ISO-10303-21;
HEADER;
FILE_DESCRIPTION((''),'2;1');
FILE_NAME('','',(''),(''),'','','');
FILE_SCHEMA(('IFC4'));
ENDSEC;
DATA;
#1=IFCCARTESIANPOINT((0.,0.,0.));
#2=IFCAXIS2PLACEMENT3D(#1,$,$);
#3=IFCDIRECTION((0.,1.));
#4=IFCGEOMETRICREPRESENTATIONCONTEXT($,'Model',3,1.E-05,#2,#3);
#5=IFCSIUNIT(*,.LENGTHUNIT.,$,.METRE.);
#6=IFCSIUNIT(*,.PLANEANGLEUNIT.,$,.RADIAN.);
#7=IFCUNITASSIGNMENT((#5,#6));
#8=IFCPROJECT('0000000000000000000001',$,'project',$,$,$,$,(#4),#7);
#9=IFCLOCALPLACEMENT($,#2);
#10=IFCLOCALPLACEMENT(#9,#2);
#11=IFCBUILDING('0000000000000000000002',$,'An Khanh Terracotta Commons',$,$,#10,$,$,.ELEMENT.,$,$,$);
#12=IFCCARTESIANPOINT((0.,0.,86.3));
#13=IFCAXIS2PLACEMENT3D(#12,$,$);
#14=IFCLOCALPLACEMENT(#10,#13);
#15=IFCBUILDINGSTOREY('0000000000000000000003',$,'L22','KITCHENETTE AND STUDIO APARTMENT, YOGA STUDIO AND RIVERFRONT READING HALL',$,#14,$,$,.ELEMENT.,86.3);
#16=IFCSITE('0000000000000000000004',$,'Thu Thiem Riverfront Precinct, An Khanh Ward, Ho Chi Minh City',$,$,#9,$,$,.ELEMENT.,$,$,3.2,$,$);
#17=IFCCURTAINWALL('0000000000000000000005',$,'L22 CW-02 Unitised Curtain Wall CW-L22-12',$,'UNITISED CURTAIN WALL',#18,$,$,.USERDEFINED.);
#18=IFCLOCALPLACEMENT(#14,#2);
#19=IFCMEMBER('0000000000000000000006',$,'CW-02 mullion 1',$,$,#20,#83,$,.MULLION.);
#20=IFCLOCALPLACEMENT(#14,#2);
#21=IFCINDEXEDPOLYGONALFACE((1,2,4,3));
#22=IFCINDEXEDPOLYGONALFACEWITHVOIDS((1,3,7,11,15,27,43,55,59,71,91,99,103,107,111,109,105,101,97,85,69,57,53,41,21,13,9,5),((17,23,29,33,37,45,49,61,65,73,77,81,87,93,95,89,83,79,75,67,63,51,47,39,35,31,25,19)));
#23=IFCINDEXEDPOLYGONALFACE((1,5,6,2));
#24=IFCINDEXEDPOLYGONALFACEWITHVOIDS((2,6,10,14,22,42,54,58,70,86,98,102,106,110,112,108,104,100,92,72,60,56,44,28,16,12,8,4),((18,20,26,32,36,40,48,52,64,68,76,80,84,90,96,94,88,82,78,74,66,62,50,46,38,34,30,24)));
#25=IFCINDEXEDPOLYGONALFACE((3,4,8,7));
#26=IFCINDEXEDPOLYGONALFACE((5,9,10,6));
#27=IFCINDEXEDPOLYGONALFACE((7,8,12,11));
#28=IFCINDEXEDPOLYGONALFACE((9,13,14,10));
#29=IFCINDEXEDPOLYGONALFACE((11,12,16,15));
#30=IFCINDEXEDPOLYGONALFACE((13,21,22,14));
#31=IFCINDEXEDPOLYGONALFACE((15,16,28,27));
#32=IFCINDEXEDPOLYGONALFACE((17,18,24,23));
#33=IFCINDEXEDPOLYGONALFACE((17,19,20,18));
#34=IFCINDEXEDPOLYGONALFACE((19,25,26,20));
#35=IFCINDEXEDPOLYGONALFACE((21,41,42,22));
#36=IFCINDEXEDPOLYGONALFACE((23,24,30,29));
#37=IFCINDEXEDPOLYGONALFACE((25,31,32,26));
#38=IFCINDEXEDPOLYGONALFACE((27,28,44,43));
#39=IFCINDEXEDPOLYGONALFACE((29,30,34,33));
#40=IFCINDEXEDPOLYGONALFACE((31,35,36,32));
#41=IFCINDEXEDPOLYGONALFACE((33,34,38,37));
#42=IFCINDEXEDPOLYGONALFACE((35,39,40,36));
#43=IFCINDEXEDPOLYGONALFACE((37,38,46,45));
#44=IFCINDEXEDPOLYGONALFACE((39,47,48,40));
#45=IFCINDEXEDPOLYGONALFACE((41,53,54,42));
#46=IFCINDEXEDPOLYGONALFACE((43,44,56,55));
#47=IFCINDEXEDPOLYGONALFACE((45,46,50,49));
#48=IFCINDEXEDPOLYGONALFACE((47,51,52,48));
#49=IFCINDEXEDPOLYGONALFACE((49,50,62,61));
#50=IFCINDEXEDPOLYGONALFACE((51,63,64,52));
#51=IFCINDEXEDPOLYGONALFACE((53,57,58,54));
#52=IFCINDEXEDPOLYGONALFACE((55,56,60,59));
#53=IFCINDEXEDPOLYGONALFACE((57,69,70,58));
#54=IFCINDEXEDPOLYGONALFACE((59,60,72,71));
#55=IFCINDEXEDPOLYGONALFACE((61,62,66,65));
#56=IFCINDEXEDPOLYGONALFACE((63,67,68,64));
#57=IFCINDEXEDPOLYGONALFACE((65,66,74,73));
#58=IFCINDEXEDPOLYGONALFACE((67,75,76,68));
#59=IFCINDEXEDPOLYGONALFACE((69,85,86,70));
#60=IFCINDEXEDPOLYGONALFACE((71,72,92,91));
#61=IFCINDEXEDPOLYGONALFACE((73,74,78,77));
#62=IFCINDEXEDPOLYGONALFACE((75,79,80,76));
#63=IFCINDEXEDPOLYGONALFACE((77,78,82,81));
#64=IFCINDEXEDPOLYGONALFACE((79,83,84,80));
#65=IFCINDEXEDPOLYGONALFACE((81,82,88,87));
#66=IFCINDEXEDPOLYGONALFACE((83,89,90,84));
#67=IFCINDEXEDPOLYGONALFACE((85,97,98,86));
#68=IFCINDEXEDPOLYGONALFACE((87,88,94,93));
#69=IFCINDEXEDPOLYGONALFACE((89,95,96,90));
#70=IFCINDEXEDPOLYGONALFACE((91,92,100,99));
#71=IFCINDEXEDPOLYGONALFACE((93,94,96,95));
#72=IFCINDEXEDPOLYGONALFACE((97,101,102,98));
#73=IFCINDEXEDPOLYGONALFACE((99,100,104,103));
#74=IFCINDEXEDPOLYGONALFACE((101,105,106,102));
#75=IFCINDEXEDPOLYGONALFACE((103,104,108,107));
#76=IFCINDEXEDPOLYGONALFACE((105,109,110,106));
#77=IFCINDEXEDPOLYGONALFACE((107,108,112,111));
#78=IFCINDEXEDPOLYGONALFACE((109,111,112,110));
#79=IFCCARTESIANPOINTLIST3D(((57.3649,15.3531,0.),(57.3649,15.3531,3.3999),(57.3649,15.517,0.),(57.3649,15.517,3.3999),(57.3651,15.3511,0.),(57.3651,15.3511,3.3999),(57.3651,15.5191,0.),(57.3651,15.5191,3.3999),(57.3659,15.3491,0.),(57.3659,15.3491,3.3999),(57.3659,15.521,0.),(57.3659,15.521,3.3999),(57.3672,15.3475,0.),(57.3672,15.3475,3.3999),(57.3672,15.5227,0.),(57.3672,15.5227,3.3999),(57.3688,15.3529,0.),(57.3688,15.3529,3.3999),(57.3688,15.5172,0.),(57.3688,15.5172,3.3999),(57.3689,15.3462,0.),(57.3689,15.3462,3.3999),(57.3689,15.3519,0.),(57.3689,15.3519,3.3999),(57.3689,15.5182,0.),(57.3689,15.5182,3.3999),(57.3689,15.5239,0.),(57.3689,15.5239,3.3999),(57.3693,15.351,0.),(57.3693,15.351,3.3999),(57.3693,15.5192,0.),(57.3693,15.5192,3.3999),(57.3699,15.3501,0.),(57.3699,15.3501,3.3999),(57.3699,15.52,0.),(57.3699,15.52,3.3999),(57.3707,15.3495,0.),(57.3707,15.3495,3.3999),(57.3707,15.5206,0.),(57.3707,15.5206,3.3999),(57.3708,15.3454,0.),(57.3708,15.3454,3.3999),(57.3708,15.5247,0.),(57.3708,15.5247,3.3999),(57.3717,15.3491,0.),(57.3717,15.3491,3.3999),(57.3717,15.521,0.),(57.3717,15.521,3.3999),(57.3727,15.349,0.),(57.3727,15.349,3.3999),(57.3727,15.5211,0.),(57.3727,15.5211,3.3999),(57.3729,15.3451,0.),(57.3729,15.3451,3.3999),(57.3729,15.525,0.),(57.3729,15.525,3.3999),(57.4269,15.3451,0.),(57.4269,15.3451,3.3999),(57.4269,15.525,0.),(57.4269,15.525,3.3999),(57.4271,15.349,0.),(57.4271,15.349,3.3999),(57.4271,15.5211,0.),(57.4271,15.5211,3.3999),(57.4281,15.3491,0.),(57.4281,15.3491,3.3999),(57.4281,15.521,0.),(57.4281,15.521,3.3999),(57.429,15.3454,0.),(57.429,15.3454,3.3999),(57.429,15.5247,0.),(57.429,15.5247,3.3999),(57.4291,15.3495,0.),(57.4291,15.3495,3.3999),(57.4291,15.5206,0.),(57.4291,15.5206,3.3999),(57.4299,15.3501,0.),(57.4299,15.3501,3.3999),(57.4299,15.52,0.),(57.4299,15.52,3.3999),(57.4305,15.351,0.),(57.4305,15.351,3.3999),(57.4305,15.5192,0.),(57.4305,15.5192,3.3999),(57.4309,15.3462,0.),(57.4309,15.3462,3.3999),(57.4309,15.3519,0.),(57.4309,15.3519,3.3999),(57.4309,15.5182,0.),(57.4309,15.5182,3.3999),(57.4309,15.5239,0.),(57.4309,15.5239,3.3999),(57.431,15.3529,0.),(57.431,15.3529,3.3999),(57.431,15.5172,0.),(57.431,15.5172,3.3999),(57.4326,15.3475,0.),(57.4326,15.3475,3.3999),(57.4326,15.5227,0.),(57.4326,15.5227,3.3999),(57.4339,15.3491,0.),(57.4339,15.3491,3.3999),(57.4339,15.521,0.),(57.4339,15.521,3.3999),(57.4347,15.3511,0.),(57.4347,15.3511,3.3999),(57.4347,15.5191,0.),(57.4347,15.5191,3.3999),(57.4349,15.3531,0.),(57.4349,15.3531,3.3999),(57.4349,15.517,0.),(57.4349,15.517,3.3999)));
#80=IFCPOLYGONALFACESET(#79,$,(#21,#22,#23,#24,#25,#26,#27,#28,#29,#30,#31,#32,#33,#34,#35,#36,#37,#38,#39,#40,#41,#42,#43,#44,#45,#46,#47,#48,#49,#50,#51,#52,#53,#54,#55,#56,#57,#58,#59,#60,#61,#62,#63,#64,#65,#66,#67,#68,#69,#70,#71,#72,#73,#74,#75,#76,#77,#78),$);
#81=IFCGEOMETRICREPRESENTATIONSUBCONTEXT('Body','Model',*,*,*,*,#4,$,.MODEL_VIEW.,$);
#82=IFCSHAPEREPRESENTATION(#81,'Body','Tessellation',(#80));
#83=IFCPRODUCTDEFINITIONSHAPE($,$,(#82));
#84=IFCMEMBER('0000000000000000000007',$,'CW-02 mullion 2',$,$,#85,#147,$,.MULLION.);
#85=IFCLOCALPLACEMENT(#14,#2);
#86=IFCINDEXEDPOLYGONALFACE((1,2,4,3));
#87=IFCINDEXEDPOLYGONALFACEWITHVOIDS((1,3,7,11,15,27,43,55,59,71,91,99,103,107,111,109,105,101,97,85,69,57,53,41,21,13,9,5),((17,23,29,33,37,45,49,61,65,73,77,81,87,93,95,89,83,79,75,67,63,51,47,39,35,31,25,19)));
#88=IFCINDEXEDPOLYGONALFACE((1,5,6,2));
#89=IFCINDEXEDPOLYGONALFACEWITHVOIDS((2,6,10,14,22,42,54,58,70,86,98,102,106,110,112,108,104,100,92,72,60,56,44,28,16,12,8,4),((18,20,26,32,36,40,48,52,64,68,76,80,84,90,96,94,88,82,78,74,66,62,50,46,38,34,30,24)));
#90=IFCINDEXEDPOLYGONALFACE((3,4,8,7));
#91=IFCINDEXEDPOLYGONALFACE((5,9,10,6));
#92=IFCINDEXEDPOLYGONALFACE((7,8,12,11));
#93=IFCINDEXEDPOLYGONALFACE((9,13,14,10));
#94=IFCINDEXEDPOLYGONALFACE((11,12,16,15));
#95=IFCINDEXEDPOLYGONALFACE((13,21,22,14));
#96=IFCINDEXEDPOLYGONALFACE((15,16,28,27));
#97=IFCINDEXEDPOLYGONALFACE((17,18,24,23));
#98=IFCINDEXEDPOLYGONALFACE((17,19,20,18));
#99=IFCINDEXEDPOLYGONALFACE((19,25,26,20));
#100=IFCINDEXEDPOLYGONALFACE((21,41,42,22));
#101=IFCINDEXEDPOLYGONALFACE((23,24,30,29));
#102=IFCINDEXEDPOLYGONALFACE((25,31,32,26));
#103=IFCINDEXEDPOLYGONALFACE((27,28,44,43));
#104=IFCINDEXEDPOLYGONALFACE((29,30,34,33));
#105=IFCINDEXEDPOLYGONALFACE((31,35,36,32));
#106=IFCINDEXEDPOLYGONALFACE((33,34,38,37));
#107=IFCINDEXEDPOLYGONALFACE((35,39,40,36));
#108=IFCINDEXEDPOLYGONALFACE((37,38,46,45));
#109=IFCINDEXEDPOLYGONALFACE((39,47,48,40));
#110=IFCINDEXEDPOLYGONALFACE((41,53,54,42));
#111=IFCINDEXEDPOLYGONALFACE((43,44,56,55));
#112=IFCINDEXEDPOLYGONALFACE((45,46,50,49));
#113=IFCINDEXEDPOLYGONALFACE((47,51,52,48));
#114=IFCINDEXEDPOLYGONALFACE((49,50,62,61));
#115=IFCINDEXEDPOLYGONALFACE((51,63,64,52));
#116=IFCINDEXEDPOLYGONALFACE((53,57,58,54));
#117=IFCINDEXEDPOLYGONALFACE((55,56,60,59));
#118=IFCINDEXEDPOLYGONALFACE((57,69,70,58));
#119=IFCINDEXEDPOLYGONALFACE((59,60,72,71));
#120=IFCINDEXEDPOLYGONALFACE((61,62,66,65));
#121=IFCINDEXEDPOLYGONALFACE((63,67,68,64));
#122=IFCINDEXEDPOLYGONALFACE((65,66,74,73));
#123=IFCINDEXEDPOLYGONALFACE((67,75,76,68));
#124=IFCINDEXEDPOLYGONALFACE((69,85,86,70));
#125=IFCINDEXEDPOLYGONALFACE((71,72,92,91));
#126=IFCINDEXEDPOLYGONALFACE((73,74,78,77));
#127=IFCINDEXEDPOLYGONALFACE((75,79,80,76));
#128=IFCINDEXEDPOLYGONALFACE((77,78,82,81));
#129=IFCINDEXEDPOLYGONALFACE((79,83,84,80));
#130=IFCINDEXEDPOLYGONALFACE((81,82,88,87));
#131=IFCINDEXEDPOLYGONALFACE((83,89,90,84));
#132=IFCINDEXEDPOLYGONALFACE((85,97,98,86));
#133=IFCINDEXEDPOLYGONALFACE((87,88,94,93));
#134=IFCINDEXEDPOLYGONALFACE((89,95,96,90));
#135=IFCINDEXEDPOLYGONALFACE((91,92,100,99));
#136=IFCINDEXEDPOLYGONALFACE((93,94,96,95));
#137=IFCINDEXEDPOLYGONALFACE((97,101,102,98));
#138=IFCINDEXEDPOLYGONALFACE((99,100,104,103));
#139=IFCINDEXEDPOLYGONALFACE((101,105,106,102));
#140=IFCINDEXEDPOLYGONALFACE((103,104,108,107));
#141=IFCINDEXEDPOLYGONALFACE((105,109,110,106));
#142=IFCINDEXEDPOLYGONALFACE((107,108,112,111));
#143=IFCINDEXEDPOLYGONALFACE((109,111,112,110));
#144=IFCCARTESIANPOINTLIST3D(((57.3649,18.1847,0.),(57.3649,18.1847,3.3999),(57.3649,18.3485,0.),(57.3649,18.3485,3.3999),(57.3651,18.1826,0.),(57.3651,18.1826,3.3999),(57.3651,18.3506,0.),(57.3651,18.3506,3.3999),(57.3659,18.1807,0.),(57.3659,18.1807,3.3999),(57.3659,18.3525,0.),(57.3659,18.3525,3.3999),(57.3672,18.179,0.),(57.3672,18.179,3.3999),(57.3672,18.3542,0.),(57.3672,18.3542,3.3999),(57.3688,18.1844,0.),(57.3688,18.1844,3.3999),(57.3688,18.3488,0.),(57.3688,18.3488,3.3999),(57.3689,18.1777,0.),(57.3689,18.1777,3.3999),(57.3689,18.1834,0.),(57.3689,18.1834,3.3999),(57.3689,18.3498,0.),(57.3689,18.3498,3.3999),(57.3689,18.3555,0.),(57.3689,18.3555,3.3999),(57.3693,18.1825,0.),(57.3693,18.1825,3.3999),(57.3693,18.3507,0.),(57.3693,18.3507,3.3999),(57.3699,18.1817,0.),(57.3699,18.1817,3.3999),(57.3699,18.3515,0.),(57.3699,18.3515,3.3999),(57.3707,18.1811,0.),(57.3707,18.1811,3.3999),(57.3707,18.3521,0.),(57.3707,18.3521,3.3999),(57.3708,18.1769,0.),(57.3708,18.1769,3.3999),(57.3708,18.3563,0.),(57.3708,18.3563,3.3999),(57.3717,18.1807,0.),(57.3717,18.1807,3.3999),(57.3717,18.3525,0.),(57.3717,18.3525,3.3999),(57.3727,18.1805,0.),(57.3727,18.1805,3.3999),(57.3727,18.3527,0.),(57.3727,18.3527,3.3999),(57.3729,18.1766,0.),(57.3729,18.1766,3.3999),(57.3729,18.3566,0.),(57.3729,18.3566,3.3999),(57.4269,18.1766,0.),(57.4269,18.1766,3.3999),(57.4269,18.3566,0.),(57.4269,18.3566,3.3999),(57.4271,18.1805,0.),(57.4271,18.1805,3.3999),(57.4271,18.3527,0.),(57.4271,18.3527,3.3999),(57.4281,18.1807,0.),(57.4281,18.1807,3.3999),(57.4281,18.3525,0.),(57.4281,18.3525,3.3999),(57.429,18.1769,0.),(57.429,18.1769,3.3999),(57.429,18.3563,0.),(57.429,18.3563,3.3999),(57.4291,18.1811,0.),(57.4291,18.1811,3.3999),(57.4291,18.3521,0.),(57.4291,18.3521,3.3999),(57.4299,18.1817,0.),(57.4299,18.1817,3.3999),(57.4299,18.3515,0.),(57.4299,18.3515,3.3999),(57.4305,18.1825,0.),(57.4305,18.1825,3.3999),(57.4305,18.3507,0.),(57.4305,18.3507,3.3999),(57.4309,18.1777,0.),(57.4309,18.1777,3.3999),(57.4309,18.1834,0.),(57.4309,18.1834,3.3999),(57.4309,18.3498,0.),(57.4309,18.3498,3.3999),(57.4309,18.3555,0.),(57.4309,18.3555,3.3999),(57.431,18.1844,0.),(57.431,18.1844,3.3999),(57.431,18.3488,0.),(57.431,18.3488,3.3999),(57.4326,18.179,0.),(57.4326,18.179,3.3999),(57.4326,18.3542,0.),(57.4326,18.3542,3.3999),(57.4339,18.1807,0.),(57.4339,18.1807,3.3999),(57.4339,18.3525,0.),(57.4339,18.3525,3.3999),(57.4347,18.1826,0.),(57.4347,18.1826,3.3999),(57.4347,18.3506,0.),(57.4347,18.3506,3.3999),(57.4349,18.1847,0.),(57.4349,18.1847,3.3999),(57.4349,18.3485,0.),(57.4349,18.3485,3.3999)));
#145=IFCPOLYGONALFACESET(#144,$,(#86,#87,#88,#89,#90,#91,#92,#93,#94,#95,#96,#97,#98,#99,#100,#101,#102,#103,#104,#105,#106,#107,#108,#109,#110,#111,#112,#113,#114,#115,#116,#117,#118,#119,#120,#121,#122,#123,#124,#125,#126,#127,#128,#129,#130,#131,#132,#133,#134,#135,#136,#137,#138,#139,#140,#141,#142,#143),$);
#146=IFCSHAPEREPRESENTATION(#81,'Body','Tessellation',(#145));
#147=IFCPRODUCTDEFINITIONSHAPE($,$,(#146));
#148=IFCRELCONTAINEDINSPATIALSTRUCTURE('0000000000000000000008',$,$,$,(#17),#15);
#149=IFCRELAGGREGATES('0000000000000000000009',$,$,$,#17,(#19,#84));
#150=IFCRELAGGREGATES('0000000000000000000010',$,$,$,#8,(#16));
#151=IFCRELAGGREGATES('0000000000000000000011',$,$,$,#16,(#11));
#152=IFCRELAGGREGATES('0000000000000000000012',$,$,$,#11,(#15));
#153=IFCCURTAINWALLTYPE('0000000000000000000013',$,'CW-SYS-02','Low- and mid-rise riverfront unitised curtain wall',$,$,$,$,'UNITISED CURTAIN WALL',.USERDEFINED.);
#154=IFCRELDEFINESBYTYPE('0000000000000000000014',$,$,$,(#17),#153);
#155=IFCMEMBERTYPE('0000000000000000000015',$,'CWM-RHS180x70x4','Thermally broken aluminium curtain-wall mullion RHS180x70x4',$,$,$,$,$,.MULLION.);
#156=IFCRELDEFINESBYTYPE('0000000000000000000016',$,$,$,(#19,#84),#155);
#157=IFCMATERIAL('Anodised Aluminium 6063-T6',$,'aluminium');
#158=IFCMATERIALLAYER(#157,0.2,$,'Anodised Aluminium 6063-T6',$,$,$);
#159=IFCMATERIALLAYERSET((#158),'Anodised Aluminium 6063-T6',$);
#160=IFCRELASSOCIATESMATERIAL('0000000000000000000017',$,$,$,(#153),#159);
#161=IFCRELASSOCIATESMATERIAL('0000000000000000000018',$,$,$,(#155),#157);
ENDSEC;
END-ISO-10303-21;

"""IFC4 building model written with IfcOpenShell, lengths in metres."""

from ifc_helpers import new_model, si_unit, direction, frame, origin, origin_2d, place, context, subcontext, project, spatial, hollow_rectangle, extrude, material, layer, layer_set, material_profile, profile_set, type_object, element, aggregate, save


model = new_model("IFC4")

# Units and contexts
model_context = context("Model", 3, precision=1e-05, world=origin(), true_north=direction((0.0, 1.0)))
body_context = subcontext(model_context, "Body", "Model", "MODEL_VIEW")
ifc_project = project(units=[si_unit("LENGTHUNIT", "METRE"), si_unit("PLANEANGLEUNIT", "RADIAN")], contexts=[model_context])

# Site, building, storey
site_placement = place(None, origin())
site = spatial("IfcSite", under=ifc_project, at=site_placement, Name="Thu Thiem Riverfront Precinct, An Khanh Ward, Ho Chi Minh City", CompositionType="ELEMENT", RefElevation=3.2)
building_placement = place(site_placement, origin())
building = spatial("IfcBuilding", under=site, at=building_placement, Name="An Khanh Terracotta Commons", CompositionType="ELEMENT")
storey_placement = place(building_placement, frame((0.0, 0.0, 86.3)))
storey = spatial("IfcBuildingStorey", under=building, at=storey_placement, Name="L22", Description="KITCHENETTE AND STUDIO APARTMENT, YOGA STUDIO AND RIVERFRONT READING HALL", CompositionType="ELEMENT", Elevation=86.3)

# Curtain wall, members
ifc_material_1 = material(Name="Anodised Aluminium 6063-T6", Category="aluminium")
ifc_layer_1 = layer(ifc_material_1, 0.2, Name="Anodised Aluminium 6063-T6")
ifc_layer_set_1 = layer_set([ifc_layer_1], Name="Anodised Aluminium 6063-T6")
curtain_wall_type = type_object("IfcCurtainWallType", Name="CW-SYS-02", Description="Low- and mid-rise riverfront unitised curtain wall", ElementType="UNITISED CURTAIN WALL", PredefinedType="USERDEFINED", material=ifc_layer_set_1)
ifc_material_profile_1 = material_profile(ifc_material_1, hollow_rectangle(XDim=0.0701, YDim=0.1799, WallThickness=0.0039, InnerFilletRadius=0.0039, OuterFilletRadius=0.0081, at=origin_2d()), Name="RHS180x70x4")
ifc_profile_set_1 = profile_set([ifc_material_profile_1], Name="Anodised Aluminium 6063-T6")
member_type_1 = type_object("IfcMemberType", Name="CWM-RHS180x70x4", Description="Thermally broken aluminium curtain-wall mullion RHS180x70x4", PredefinedType="MULLION", material=ifc_profile_set_1)
curtain_wall_1_placement = place(storey_placement, origin())
curtain_wall_1 = element("IfcCurtainWall", 1, at=curtain_wall_1_placement, inside=storey, type_object=curtain_wall_type, Name="L22 CW-02 Unitised Curtain Wall CW-L22-12", ObjectType="UNITISED CURTAIN WALL", PredefinedType="USERDEFINED")
member_1_placement = place(storey_placement, frame((57.3999, 15.4351, 0.0), z_axis=(0.0, 0.0, 1.0), x_axis=(-1.0, 0.0, 0.0)))
member_1 = element("IfcMember", 2, at=member_1_placement, type_object=member_type_1, Name="CW-02 mullion 1", PredefinedType="MULLION", context=body_context, shape_type="SweptSolid", body=[
    extrude(hollow_rectangle(XDim=0.0701, YDim=0.1799, WallThickness=0.0039, InnerFilletRadius=0.0039, OuterFilletRadius=0.0081, at=origin_2d()), origin(), (0.0, 0.0, 1.0), 3.3999),
])
member_2_placement = place(storey_placement, frame((57.3999, 18.2666, 0.0), z_axis=(0.0, 0.0, 1.0), x_axis=(-1.0, 0.0, 0.0)))
member_2 = element("IfcMember", 3, at=member_2_placement, type_object=member_type_1, Name="CW-02 mullion 2", PredefinedType="MULLION", context=body_context, shape_type="SweptSolid", body=[
    extrude(hollow_rectangle(XDim=0.0701, YDim=0.1799, WallThickness=0.0039, InnerFilletRadius=0.0039, OuterFilletRadius=0.0081, at=origin_2d()), origin(), (0.0, 0.0, 1.0), 3.3999),
])

aggregate(curtain_wall_1, [member_1, member_2])

save(model, "model.ifc")
